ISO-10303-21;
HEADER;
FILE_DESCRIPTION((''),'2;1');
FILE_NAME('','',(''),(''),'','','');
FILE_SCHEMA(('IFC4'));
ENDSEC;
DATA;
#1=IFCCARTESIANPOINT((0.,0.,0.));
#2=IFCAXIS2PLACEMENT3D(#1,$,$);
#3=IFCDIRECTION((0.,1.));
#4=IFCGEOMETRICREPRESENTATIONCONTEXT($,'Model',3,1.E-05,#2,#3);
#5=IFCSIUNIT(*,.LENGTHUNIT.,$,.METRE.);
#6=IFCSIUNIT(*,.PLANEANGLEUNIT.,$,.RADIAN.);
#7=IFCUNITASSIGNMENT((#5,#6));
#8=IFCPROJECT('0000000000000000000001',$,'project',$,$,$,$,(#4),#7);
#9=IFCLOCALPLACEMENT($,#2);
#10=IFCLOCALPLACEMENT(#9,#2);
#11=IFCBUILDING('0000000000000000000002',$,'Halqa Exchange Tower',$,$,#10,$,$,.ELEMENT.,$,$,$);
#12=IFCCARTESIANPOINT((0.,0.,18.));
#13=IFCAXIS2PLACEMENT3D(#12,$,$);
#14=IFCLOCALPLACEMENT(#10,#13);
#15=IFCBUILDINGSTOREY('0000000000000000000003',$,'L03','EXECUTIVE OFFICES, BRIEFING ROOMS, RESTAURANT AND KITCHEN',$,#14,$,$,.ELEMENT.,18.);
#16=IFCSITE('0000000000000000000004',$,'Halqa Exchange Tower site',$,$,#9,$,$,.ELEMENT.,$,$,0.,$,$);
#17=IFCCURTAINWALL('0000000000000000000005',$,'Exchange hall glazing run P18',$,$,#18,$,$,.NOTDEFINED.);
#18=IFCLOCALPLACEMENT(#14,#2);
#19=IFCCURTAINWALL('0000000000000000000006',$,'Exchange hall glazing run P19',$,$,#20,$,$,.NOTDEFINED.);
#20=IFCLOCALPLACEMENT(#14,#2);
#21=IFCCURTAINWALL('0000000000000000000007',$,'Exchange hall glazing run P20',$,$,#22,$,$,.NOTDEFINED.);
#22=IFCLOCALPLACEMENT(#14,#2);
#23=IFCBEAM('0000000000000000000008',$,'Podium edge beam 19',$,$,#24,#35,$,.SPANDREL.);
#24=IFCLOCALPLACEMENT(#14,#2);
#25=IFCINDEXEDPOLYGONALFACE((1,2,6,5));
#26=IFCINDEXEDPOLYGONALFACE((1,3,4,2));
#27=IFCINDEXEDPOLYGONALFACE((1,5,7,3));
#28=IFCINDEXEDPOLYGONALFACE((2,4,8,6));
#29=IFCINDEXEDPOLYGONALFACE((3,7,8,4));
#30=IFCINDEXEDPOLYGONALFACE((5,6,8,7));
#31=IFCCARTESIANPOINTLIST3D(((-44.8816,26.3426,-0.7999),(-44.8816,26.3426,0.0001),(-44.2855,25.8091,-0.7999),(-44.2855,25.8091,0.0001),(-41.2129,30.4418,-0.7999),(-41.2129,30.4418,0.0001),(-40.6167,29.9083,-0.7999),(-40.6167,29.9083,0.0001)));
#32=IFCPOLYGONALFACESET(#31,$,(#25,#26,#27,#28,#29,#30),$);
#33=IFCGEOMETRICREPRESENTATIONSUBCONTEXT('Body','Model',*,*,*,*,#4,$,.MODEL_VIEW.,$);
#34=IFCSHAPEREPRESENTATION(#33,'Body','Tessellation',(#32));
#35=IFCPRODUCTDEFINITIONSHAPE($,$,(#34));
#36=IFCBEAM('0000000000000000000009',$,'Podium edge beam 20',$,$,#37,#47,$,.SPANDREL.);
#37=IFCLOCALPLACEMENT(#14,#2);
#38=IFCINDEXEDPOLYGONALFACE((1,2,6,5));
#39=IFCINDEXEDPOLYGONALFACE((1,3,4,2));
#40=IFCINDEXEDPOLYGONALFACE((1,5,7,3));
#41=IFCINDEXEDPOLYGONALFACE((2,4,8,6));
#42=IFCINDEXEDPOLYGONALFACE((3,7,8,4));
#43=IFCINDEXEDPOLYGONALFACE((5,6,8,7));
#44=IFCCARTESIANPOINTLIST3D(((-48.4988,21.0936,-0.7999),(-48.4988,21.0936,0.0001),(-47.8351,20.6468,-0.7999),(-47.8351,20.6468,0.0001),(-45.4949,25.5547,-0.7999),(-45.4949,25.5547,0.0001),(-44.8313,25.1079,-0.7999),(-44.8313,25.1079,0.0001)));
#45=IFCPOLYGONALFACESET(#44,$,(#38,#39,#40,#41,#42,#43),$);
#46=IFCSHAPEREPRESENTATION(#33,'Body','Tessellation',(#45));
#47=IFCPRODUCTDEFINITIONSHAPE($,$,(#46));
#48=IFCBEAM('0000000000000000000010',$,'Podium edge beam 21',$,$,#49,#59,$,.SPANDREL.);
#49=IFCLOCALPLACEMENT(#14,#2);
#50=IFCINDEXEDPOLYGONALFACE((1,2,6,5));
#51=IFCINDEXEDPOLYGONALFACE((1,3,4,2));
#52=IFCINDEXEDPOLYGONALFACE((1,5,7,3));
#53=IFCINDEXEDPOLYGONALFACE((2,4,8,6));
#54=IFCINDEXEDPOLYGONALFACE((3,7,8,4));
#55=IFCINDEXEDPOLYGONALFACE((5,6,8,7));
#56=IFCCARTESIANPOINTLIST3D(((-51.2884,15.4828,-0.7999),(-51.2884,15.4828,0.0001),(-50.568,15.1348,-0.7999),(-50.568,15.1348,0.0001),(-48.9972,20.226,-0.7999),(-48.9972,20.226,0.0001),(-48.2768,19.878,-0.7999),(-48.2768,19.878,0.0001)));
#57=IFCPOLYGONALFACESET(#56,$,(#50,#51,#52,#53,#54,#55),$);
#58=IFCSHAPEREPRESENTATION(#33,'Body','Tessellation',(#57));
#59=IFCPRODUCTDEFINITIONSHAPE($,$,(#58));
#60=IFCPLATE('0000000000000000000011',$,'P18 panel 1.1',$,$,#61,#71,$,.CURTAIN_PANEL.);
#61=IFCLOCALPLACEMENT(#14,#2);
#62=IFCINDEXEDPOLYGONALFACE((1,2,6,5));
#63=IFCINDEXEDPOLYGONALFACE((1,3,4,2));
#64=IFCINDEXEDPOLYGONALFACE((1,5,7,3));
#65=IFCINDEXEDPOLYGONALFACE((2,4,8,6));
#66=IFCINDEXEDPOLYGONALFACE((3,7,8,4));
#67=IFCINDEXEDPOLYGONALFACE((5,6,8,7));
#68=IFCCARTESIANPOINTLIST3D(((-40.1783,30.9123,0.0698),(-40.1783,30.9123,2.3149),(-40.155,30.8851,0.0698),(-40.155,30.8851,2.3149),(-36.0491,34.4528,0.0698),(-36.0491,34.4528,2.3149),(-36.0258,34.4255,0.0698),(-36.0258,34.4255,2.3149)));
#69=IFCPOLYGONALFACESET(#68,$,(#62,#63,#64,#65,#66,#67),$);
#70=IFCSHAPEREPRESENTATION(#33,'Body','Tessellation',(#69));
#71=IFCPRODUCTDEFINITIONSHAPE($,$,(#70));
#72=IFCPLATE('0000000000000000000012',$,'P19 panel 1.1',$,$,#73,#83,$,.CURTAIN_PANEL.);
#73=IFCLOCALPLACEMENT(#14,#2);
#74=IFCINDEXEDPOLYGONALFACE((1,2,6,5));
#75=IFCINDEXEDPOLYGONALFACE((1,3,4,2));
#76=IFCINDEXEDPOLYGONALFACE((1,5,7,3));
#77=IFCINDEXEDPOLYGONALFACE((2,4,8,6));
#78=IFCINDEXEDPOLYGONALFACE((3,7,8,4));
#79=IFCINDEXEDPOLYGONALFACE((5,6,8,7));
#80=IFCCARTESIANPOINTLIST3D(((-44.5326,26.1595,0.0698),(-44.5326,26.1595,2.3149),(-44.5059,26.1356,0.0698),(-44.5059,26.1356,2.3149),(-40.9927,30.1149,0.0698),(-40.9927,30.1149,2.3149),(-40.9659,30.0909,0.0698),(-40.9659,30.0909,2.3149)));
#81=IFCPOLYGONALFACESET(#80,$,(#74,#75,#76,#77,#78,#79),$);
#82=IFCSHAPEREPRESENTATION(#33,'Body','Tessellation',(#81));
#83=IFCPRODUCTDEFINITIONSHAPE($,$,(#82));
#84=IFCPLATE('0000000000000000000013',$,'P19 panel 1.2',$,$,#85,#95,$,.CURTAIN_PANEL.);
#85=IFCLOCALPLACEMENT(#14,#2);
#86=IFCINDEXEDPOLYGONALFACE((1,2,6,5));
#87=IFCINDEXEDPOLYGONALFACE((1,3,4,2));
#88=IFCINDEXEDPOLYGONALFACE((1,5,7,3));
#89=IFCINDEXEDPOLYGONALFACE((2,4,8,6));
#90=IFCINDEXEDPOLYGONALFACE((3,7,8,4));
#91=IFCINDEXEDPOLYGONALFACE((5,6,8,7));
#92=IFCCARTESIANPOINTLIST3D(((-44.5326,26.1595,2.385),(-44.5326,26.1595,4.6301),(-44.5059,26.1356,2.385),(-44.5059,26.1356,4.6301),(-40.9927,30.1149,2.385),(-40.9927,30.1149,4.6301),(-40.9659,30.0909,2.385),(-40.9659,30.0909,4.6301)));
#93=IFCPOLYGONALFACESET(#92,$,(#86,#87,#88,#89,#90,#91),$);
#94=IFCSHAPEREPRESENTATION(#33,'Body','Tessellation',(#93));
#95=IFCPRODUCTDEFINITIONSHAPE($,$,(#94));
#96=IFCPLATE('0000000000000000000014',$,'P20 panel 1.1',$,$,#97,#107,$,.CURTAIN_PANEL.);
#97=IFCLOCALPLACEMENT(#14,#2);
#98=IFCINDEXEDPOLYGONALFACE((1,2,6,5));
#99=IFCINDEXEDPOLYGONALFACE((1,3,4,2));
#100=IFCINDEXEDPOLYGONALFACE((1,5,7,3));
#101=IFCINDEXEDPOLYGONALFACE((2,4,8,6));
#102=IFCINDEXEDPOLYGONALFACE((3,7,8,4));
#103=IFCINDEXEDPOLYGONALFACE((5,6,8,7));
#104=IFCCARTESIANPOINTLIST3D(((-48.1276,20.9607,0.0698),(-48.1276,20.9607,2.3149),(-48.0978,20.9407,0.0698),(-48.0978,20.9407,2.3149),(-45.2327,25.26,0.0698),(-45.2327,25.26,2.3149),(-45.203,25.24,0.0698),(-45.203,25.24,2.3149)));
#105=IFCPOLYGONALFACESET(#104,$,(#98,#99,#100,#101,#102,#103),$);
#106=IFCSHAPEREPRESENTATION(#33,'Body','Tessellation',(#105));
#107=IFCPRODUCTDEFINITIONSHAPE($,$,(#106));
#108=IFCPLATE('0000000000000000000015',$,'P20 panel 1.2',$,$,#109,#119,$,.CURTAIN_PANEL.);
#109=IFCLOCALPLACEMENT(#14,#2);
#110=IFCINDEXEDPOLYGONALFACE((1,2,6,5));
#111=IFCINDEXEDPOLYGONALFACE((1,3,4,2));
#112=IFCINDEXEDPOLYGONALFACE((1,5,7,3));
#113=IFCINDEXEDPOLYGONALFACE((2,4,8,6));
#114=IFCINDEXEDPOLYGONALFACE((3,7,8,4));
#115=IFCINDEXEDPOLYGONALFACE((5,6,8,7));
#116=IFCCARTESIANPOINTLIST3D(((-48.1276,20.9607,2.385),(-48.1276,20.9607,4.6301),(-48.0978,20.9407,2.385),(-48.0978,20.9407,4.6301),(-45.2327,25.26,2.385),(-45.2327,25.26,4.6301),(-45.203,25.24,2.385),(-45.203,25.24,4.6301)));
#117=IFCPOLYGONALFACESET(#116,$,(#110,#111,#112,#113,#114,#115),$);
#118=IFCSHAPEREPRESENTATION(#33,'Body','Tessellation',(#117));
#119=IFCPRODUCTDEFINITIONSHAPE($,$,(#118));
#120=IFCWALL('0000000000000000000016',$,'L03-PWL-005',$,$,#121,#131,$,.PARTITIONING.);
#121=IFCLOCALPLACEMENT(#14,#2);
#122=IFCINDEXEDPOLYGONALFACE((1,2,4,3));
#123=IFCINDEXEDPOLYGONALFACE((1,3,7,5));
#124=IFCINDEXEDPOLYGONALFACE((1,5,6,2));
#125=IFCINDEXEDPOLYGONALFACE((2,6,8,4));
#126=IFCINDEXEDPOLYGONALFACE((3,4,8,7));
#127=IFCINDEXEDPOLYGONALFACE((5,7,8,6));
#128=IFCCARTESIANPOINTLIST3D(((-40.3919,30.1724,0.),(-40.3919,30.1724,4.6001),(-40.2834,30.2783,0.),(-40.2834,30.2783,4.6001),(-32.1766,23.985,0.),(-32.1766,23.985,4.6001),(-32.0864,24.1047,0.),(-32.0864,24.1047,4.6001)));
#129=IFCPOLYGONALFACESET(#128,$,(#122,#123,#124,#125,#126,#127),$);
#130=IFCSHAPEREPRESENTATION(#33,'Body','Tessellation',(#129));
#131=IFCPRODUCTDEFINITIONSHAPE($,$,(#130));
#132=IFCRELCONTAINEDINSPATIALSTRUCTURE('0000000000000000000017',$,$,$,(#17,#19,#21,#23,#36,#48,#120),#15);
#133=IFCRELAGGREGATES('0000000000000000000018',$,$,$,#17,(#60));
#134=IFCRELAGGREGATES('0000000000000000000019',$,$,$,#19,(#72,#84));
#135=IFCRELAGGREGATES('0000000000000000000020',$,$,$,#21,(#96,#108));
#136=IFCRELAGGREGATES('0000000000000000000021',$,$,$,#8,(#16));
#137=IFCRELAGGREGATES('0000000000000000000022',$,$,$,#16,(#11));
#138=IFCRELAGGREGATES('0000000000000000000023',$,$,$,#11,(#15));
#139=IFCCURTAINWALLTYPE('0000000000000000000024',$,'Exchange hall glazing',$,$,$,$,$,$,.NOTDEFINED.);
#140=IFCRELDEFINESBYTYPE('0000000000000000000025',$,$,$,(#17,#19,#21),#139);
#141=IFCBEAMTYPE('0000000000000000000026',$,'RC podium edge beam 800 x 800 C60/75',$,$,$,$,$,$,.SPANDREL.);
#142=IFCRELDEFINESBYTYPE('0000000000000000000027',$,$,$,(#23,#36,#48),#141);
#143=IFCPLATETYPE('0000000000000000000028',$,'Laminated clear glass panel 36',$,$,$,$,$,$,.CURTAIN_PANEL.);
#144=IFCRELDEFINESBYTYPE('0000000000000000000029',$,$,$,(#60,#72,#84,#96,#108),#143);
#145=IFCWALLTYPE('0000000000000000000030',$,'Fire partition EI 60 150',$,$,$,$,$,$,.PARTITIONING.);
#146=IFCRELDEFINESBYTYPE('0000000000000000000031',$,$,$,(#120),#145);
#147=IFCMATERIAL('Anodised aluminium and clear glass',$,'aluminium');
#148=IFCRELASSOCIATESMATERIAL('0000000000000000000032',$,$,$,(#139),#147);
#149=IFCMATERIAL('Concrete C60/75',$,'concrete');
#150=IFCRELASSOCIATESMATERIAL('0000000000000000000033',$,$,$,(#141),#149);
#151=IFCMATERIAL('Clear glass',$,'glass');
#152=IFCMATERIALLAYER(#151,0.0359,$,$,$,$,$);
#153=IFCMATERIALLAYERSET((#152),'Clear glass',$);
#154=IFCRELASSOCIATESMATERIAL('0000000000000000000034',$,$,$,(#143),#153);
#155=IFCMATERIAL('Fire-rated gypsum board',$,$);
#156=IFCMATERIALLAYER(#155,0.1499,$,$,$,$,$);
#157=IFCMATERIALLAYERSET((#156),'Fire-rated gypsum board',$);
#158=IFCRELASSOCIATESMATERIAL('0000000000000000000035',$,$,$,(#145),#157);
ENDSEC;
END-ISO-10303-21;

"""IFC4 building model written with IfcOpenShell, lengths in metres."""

from ifc_helpers import new_model, si_unit, direction, frame, origin, origin_2d, place, context, subcontext, project, spatial, polyline, rectangle, outline, extrude, material, layer, layer_set, material_profile, profile_set, type_object, element, aggregate, save


model = new_model("IFC4")

# Units and contexts
model_context = context("Model", 3, precision=1e-05, world=origin(), true_north=direction((0.0, 1.0)))
body_context = subcontext(model_context, "Body", "Model", "MODEL_VIEW")
ifc_project = project(units=[si_unit("LENGTHUNIT", "METRE"), si_unit("PLANEANGLEUNIT", "RADIAN")], contexts=[model_context])

# Site, building, storey
site_placement = place(None, origin())
site = spatial("IfcSite", under=ifc_project, at=site_placement, Name="Halqa Exchange Tower site", CompositionType="ELEMENT", RefElevation=0.0)
building_placement = place(site_placement, origin())
building = spatial("IfcBuilding", under=site, at=building_placement, Name="Halqa Exchange Tower", CompositionType="ELEMENT")
storey_placement = place(building_placement, frame((0.0, 0.0, 18.0)))
storey = spatial("IfcBuildingStorey", under=building, at=storey_placement, Name="L03", Description="EXECUTIVE OFFICES, BRIEFING ROOMS, RESTAURANT AND KITCHEN", CompositionType="ELEMENT", Elevation=18.0)

# Shared definitions
ifc_material_1 = material(Name="Concrete C60/75", Category="concrete")

# Curtain wall
ifc_material_2 = material(Name="Anodised aluminium and clear glass", Category="aluminium")
curtain_wall_type = type_object("IfcCurtainWallType", Name="Exchange hall glazing", PredefinedType="NOTDEFINED", material=ifc_material_2)
curtain_wall_1_placement = place(storey_placement, origin())
curtain_wall_1 = element("IfcCurtainWall", 1, at=curtain_wall_1_placement, inside=storey, type_object=curtain_wall_type, Name="Exchange hall glazing run P18", PredefinedType="NOTDEFINED")

# Curtain walls
curtain_wall_2_placement = place(storey_placement, origin())
curtain_wall_2 = element("IfcCurtainWall", 2, at=curtain_wall_2_placement, inside=storey, type_object=curtain_wall_type, Name="Exchange hall glazing run P19", PredefinedType="NOTDEFINED")
curtain_wall_3_placement = place(storey_placement, origin())
curtain_wall_3 = element("IfcCurtainWall", 3, at=curtain_wall_3_placement, inside=storey, type_object=curtain_wall_type, Name="Exchange hall glazing run P20", PredefinedType="NOTDEFINED")

# Beams
ifc_material_profile_1 = material_profile(ifc_material_1, rectangle(XDim=0.8, YDim=0.8, at=origin_2d()), Name="800 x 800")
ifc_profile_set_1 = profile_set([ifc_material_profile_1], Name="Concrete C60/75")
beam_type = type_object("IfcBeamType", Name="RC podium edge beam 800 x 800 C60/75", PredefinedType="SPANDREL", material=ifc_profile_set_1)
beam_1_placement = place(storey_placement, frame((-40.9148, 30.175, -0.3999), z_axis=(-0.666903, -0.745145, 0.0), x_axis=(0.745145, -0.666903, 0.0)))
element("IfcBeam", 4, at=beam_1_placement, inside=storey, type_object=beam_type, Name="Podium edge beam 19", PredefinedType="SPANDREL", context=body_context, shape_type="SweptSolid", body=[
    extrude(rectangle(XDim=0.8, YDim=0.8, at=origin_2d()), origin(), (0.0, 0.0, 1.0), 5.5012),
])
beam_2_placement = place(storey_placement, frame((-45.1631, 25.3313, -0.3999), z_axis=(-0.558528, -0.829485, 0.0), x_axis=(0.829485, -0.558528, 0.0)))
element("IfcBeam", 5, at=beam_2_placement, inside=storey, type_object=beam_type, Name="Podium edge beam 20", PredefinedType="SPANDREL", context=body_context, shape_type="SweptSolid", body=[
    extrude(rectangle(XDim=0.8, YDim=0.8, at=origin_2d()), origin(), (0.0, 0.0, 1.0), 5.3782),
])
beam_3_placement = place(storey_placement, frame((-48.637, 20.052, -0.3999), z_axis=(-0.434973, -0.900443, 0.0), x_axis=(0.900443, -0.434973, 0.0)))
element("IfcBeam", 6, at=beam_3_placement, inside=storey, type_object=beam_type, Name="Podium edge beam 21", PredefinedType="SPANDREL", context=body_context, shape_type="SweptSolid", body=[
    extrude(rectangle(XDim=0.8, YDim=0.8, at=origin_2d()), origin(), (0.0, 0.0, 1.0), 5.2676),
])

# Plates
ifc_material_3 = material(Name="Clear glass", Category="glass")
ifc_layer_1 = layer(ifc_material_3, 0.0359)
ifc_layer_set_1 = layer_set([ifc_layer_1], Name="Clear glass")
plate_type = type_object("IfcPlateType", Name="Laminated clear glass panel 36", PredefinedType="CURTAIN_PANEL", material=ifc_layer_set_1)
plate_1_placement = place(storey_placement, frame((-38.1021, 32.6689, 0.0698), z_axis=(0.0, 0.0, 1.0), x_axis=(-0.759154, -0.650911, 0.0)))
plate_1 = element("IfcPlate", 7, at=plate_1_placement, type_object=plate_type, Name="P18 panel 1.1", PredefinedType="CURTAIN_PANEL", context=body_context, shape_type="SweptSolid", body=[
    extrude(rectangle(XDim=5.4392, YDim=0.0359, at=origin_2d()), origin(), (0.0, 0.0, 1.0), 2.2451),
])
aggregate(curtain_wall_1, [plate_1])
plate_2_placement = place(storey_placement, frame((-42.7493, 28.1252, 0.0698), z_axis=(0.0, 0.0, 1.0), x_axis=(-0.666899, -0.745148, 0.0)))
plate_2 = element("IfcPlate", 8, at=plate_2_placement, type_object=plate_type, Name="P19 panel 1.1", PredefinedType="CURTAIN_PANEL", context=body_context, shape_type="SweptSolid", body=[
    extrude(rectangle(XDim=5.3081, YDim=0.0359, at=origin_2d()), origin(), (0.0, 0.0, 1.0), 2.2451),
])
plate_3_placement = place(storey_placement, frame((-42.7493, 28.1252, 2.385), z_axis=(0.0, 0.0, 1.0), x_axis=(-0.666899, -0.745148, 0.0)))
plate_3 = element("IfcPlate", 9, at=plate_3_placement, type_object=plate_type, Name="P19 panel 1.2", PredefinedType="CURTAIN_PANEL", context=body_context, shape_type="SweptSolid", body=[
    extrude(rectangle(XDim=5.3081, YDim=0.0359, at=origin_2d()), origin(), (0.0, 0.0, 1.0), 2.2451),
])
aggregate(curtain_wall_2, [plate_2, plate_3])
plate_4_placement = place(storey_placement, frame((-46.6653, 23.1003, 0.0698), z_axis=(0.0, 0.0, 1.0), x_axis=(-0.558522, -0.82949, 0.0)))
plate_4 = element("IfcPlate", 10, at=plate_4_placement, type_object=plate_type, Name="P20 panel 1.1", PredefinedType="CURTAIN_PANEL", context=body_context, shape_type="SweptSolid", body=[
    extrude(rectangle(XDim=5.1831, YDim=0.0359, at=origin_2d()), origin(), (0.0, 0.0, 1.0), 2.2451),
])
plate_5_placement = place(storey_placement, frame((-46.6653, 23.1003, 2.385), z_axis=(0.0, 0.0, 1.0), x_axis=(-0.558522, -0.82949, 0.0)))
plate_5 = element("IfcPlate", 11, at=plate_5_placement, type_object=plate_type, Name="P20 panel 1.2", PredefinedType="CURTAIN_PANEL", context=body_context, shape_type="SweptSolid", body=[
    extrude(rectangle(XDim=5.1831, YDim=0.0359, at=origin_2d()), origin(), (0.0, 0.0, 1.0), 2.2451),
])
aggregate(curtain_wall_3, [plate_4, plate_5])

# Wall
ifc_material_4 = material(Name="Fire-rated gypsum board")
ifc_layer_2 = layer(ifc_material_4, 0.1499)
ifc_layer_set_2 = layer_set([ifc_layer_2], Name="Fire-rated gypsum board")
wall_type = type_object("IfcWallType", Name="Fire partition EI 60 150", PredefinedType="PARTITIONING", material=ifc_layer_set_2)
wall_placement = place(storey_placement, frame((-40.3376, 30.2253, 0.0), z_axis=(0.0, 0.0, 1.0), x_axis=(0.798789, -0.601611, 0.0)))
element("IfcWall", 12, at=wall_placement, inside=storey, type_object=wall_type, Name="L03-PWL-005", PredefinedType="PARTITIONING", context=body_context, shape_type="SweptSolid", body=[
    extrude(outline(polyline([(-0.0115, -0.075), (10.2732, -0.075), (10.2732, 0.075), (0.0115, 0.075), (-0.0115, -0.075)])), origin(), (0.0, 0.0, 1.0), 4.6001),
])

save(model, "model.ifc")
